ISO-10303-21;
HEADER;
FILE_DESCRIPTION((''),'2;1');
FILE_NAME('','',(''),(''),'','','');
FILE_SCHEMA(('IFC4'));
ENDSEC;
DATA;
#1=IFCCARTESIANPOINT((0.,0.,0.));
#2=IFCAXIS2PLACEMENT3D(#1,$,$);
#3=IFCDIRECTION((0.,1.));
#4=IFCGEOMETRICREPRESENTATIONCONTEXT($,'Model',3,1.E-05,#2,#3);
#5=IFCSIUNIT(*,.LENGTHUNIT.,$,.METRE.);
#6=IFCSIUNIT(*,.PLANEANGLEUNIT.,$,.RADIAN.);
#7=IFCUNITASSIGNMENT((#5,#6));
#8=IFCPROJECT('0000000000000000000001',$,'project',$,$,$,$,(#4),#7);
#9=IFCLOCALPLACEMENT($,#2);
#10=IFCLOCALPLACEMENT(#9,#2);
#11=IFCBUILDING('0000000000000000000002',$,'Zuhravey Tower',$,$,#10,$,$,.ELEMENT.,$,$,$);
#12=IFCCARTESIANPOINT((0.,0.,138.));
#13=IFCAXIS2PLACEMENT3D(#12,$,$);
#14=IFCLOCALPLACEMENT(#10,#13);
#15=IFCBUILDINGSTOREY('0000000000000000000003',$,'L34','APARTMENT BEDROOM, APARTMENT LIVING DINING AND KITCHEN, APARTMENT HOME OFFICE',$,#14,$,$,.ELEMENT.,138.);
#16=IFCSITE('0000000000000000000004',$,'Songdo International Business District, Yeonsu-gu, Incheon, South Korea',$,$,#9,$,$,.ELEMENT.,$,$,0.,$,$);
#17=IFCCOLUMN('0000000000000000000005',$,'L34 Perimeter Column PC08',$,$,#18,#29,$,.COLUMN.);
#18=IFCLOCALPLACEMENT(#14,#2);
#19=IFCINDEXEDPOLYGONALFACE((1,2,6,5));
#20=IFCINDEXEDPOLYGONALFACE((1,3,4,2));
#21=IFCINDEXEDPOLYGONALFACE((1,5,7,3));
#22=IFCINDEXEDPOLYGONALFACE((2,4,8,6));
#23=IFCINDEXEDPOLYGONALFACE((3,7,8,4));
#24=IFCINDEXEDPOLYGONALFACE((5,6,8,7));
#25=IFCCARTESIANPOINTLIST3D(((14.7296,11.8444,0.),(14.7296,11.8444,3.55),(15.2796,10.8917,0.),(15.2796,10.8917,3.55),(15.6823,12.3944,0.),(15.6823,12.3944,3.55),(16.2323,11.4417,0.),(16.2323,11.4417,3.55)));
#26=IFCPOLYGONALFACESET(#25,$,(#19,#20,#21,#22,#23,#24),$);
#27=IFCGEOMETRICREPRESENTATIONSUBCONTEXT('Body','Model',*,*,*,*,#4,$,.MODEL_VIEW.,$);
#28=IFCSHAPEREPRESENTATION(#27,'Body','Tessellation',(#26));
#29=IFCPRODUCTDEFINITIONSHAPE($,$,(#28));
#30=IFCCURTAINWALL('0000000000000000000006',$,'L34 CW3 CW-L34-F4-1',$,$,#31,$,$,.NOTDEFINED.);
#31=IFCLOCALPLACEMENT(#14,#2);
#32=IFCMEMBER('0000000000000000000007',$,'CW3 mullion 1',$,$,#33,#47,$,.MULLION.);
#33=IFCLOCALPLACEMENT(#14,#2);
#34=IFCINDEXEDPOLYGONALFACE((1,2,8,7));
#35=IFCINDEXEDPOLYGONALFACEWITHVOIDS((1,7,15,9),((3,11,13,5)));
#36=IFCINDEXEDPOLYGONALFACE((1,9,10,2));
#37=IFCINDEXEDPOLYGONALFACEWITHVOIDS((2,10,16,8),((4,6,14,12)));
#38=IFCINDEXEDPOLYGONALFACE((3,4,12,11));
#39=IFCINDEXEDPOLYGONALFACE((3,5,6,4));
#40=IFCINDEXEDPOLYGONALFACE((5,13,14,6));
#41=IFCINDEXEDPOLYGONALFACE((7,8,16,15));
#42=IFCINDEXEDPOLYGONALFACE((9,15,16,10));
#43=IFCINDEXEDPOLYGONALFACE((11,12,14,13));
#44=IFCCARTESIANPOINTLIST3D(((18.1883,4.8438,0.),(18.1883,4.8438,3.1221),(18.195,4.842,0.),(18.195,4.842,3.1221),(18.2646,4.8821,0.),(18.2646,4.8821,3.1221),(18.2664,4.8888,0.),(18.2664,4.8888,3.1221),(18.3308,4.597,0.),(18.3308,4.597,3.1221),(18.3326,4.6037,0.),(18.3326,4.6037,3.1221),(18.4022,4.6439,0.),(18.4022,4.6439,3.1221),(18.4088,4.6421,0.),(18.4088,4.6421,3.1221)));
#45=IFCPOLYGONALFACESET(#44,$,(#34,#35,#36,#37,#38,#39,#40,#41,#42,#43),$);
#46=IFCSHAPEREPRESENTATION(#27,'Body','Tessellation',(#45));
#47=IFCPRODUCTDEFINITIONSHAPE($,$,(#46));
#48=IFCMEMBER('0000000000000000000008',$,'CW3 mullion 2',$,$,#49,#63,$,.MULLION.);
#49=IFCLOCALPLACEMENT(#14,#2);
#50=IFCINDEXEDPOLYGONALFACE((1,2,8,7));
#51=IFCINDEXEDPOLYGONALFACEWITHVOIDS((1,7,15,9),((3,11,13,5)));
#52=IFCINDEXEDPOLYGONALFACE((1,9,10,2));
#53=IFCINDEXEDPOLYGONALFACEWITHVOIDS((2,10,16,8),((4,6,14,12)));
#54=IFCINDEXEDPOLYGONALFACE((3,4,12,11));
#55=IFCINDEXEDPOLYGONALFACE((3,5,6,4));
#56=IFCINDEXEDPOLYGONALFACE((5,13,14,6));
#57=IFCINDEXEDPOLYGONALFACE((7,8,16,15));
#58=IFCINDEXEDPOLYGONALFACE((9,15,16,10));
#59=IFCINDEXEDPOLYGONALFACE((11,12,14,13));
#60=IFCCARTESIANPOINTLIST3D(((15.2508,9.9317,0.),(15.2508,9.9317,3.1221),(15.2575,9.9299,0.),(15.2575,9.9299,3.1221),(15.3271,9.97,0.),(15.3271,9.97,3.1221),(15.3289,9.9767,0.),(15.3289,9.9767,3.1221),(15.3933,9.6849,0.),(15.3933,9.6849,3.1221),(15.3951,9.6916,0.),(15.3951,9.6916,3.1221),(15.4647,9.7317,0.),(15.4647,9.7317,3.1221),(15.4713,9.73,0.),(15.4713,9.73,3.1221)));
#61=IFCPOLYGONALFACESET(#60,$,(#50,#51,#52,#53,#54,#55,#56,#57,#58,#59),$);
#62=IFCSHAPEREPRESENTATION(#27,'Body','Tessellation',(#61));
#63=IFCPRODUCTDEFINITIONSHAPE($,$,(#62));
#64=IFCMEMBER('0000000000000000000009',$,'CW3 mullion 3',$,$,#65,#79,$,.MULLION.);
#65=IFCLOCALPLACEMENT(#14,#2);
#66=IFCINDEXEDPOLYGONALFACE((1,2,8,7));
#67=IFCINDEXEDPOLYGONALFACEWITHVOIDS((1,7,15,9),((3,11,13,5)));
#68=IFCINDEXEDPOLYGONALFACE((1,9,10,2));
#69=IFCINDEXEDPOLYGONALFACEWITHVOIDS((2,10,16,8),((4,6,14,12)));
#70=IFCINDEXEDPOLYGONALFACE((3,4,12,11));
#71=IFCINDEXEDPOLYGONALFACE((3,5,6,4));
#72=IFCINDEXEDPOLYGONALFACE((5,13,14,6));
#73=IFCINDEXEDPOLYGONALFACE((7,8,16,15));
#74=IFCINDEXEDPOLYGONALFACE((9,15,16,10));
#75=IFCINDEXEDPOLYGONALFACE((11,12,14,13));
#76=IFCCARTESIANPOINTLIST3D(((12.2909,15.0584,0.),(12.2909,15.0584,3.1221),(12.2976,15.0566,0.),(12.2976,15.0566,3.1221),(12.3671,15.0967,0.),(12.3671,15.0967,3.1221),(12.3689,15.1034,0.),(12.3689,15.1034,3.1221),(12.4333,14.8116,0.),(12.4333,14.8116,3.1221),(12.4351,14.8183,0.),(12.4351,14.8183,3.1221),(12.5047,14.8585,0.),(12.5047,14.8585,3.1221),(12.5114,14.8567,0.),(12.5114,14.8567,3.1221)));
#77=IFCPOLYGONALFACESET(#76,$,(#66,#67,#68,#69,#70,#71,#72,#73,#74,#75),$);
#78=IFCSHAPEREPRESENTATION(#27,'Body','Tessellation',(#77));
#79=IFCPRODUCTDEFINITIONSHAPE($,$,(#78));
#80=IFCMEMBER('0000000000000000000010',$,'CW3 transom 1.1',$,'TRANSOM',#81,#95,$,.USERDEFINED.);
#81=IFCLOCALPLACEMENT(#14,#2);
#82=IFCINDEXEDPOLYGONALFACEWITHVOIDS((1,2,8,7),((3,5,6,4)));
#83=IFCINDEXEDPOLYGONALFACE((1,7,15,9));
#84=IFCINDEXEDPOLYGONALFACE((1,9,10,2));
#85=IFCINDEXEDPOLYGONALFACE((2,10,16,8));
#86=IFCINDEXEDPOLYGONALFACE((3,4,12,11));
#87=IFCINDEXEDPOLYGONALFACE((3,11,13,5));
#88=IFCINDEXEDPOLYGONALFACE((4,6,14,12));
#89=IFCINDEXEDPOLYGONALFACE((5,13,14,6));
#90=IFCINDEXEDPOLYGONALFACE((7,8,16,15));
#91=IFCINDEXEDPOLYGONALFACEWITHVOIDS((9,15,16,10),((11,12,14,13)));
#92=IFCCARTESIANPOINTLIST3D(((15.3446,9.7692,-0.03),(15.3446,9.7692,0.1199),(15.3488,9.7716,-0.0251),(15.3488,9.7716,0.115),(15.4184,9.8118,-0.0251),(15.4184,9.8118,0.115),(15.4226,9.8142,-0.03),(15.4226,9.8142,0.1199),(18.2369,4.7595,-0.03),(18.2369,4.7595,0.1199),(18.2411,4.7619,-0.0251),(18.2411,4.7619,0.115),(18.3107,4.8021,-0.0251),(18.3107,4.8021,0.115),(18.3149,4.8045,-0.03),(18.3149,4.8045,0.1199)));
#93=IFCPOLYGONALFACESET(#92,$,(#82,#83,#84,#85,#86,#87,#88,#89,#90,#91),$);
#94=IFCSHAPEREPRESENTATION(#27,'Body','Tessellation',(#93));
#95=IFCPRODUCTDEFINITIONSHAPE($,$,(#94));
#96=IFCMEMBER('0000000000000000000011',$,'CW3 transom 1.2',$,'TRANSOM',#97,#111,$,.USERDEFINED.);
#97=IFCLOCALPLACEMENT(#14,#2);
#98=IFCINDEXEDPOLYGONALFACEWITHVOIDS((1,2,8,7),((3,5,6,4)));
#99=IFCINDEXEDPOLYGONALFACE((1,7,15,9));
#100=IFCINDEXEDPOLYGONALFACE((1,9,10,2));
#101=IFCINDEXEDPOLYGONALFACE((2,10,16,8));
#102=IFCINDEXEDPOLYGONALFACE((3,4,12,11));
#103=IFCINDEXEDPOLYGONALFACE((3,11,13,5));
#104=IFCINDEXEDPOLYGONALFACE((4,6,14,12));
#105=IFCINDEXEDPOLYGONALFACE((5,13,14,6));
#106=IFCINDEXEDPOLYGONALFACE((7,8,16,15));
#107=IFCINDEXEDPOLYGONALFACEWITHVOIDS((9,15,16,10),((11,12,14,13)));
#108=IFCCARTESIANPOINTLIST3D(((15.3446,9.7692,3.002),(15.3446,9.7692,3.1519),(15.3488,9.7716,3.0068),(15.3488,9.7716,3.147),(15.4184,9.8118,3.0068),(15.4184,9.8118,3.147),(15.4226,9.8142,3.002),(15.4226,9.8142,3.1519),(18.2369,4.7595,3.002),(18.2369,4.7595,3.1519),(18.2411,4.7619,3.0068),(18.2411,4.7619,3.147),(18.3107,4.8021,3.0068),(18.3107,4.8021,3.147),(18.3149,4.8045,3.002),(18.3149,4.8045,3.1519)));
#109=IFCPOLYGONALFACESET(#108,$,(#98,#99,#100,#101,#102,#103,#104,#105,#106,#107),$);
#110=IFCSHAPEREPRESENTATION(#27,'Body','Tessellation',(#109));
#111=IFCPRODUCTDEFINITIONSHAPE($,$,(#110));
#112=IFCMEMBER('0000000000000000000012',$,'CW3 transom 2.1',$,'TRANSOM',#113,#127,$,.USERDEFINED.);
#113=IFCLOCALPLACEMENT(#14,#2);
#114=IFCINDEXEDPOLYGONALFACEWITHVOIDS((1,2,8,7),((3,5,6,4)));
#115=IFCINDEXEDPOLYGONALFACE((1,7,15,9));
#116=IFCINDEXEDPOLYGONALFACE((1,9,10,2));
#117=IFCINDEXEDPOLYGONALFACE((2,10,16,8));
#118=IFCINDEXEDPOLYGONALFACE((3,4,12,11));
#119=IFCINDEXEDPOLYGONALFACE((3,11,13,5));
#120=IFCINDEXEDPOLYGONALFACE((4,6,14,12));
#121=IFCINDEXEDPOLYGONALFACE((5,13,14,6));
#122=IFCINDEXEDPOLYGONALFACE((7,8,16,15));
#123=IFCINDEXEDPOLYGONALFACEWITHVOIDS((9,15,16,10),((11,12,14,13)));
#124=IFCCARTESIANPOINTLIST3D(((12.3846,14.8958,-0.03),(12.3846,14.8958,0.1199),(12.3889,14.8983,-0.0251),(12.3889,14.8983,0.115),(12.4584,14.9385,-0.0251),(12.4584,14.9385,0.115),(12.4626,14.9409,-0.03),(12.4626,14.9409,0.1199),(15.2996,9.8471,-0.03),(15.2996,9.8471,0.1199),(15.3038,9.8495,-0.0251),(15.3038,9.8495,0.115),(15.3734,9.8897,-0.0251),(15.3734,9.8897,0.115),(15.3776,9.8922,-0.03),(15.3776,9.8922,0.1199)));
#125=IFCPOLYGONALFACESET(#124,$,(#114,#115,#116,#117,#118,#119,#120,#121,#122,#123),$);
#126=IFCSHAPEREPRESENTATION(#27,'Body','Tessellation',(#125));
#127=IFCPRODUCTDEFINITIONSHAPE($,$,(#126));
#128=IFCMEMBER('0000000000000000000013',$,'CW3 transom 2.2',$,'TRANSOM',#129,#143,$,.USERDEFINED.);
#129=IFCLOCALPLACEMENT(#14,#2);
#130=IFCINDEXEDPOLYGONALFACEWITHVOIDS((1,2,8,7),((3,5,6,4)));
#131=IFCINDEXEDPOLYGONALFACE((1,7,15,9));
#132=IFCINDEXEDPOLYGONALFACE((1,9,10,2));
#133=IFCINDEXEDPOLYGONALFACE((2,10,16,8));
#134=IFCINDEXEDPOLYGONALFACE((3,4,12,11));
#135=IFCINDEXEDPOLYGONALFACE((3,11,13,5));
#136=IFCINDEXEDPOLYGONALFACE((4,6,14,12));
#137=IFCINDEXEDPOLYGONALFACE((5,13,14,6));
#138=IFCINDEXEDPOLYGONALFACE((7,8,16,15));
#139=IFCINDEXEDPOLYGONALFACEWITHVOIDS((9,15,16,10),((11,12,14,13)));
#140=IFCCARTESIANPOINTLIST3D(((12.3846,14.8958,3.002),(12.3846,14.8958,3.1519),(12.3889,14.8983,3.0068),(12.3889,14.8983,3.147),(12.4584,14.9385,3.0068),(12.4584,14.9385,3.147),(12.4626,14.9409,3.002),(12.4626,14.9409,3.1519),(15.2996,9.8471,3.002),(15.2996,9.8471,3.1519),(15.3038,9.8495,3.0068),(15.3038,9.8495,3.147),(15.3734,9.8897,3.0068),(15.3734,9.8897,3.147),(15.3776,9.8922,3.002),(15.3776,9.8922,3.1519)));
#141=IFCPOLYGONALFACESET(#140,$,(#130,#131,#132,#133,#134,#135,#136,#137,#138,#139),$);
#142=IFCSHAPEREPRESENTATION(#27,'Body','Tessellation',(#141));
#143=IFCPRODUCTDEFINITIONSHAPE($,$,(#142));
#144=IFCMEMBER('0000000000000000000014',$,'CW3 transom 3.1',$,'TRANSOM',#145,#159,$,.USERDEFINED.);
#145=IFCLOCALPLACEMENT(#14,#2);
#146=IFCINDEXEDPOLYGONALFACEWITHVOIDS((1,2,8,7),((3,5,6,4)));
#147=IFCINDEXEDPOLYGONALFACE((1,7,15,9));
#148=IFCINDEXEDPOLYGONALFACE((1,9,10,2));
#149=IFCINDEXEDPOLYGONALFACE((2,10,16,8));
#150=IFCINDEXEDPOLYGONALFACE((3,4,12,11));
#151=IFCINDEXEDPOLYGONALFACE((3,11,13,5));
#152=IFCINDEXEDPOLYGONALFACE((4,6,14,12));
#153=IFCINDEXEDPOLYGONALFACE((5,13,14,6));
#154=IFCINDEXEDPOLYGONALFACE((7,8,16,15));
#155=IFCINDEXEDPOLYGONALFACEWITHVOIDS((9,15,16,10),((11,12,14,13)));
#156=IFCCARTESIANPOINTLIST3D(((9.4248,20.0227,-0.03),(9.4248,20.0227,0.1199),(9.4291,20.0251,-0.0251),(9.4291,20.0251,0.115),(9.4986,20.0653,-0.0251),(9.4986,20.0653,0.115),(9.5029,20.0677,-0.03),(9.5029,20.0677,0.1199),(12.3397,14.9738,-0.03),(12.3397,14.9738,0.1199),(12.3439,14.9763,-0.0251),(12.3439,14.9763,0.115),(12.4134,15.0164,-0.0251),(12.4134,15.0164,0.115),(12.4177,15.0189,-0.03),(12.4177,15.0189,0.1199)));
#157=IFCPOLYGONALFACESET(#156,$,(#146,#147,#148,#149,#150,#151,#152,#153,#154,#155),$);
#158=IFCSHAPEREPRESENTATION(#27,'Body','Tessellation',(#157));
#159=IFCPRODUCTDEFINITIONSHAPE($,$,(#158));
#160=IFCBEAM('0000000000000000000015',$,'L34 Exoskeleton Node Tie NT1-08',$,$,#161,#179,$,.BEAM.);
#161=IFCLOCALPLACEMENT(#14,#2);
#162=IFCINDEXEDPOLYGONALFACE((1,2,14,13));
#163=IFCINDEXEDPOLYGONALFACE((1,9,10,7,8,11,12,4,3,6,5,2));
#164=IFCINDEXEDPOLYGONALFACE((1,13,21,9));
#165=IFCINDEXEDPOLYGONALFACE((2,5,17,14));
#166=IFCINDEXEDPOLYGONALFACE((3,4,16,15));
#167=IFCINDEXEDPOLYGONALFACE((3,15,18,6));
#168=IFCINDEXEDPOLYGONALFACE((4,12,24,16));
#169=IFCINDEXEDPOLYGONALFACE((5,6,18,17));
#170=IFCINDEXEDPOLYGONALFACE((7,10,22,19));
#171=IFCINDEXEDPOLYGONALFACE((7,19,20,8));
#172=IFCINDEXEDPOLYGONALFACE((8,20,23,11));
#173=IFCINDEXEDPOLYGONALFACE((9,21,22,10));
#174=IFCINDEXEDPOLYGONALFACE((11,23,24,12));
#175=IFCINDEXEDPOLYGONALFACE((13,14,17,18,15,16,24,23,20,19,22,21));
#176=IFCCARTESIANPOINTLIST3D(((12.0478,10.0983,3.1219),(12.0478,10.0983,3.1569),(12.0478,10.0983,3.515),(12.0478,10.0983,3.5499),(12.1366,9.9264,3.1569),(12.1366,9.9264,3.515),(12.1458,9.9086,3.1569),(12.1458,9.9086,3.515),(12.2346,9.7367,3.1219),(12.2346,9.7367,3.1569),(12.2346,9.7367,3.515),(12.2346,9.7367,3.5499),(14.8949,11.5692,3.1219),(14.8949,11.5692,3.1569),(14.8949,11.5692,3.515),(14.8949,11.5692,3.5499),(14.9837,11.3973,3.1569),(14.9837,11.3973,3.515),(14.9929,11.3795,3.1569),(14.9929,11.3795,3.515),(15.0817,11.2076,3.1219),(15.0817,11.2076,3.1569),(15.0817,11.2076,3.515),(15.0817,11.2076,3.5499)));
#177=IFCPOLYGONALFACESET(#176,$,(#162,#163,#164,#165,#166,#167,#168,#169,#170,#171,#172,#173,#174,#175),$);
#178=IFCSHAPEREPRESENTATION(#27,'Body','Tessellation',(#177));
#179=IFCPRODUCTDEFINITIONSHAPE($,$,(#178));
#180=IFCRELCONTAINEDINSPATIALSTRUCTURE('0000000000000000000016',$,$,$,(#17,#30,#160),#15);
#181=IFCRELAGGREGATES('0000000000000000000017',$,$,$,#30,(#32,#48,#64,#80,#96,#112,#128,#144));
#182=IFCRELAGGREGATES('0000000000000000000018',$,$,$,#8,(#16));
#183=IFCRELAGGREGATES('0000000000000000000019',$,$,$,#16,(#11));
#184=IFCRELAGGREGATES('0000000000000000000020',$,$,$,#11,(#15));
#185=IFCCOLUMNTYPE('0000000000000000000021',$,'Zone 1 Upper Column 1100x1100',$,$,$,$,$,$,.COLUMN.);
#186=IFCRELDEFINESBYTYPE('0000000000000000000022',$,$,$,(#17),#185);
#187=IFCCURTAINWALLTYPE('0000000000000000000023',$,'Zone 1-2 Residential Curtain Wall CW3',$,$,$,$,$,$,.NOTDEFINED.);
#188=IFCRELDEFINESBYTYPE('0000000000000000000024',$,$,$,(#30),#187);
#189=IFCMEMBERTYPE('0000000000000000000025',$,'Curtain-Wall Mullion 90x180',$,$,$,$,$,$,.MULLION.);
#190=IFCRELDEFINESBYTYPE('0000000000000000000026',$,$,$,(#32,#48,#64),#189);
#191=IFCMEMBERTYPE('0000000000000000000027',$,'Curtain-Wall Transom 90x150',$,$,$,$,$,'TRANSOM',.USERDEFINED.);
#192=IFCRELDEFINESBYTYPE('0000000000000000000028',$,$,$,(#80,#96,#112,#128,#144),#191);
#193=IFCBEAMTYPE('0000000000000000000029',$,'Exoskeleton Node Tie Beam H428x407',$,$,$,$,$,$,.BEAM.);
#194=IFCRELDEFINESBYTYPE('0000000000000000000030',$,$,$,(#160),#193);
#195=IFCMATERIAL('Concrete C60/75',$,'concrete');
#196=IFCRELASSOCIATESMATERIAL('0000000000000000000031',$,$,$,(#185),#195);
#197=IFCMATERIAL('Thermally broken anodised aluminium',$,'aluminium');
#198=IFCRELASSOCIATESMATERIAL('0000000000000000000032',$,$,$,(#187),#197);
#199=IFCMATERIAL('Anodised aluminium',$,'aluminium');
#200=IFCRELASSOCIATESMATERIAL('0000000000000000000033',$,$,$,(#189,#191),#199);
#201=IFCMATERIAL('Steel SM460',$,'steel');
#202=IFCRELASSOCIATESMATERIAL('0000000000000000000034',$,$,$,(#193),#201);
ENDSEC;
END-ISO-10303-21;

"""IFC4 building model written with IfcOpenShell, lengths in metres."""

from ifc_helpers import new_model, si_unit, direction, frame, origin, origin_2d, place, context, subcontext, project, spatial, rectangle, hollow_rectangle, i_section, extrude, material, material_profile, profile_set, type_object, element, aggregate, save


model = new_model("IFC4")

# Units and contexts
model_context = context("Model", 3, precision=1e-05, world=origin(), true_north=direction((0.0, 1.0)))
body_context = subcontext(model_context, "Body", "Model", "MODEL_VIEW")
ifc_project = project(units=[si_unit("LENGTHUNIT", "METRE"), si_unit("PLANEANGLEUNIT", "RADIAN")], contexts=[model_context])

# Site, building, storey
site_placement = place(None, origin())
site = spatial("IfcSite", under=ifc_project, at=site_placement, Name="Songdo International Business District, Yeonsu-gu, Incheon, South Korea", CompositionType="ELEMENT", RefElevation=0.0)
building_placement = place(site_placement, origin())
building = spatial("IfcBuilding", under=site, at=building_placement, Name="Zuhravey Tower", CompositionType="ELEMENT")
storey_placement = place(building_placement, frame((0.0, 0.0, 138.0)))
storey = spatial("IfcBuildingStorey", under=building, at=storey_placement, Name="L34", Description="APARTMENT BEDROOM, APARTMENT LIVING DINING AND KITCHEN, APARTMENT HOME OFFICE", CompositionType="ELEMENT", Elevation=138.0)

# Column
ifc_material_1 = material(Name="Concrete C60/75", Category="concrete")
ifc_material_profile_1 = material_profile(ifc_material_1, rectangle(XDim=1.1001, YDim=1.1001, at=origin_2d()), Name="RC-1100x1100")
ifc_profile_set_1 = profile_set([ifc_material_profile_1], Name="Concrete C60/75")
column_type = type_object("IfcColumnType", Name="Zone 1 Upper Column 1100x1100", PredefinedType="COLUMN", material=ifc_profile_set_1)
column_placement = place(storey_placement, frame((15.481, 11.6431, 0.0), z_axis=(0.0, 0.0, 1.0), x_axis=(0.5, -0.866025, 0.0)))
element("IfcColumn", 1, at=column_placement, inside=storey, type_object=column_type, Name="L34 Perimeter Column PC08", PredefinedType="COLUMN", context=body_context, shape_type="SweptSolid", body=[
    extrude(rectangle(XDim=1.1001, YDim=1.1001, at=origin_2d()), origin(), (0.0, 0.0, 1.0), 3.55),
])

# Curtain wall, members
ifc_material_2 = material(Name="Thermally broken anodised aluminium", Category="aluminium")
curtain_wall_type = type_object("IfcCurtainWallType", Name="Zone 1-2 Residential Curtain Wall CW3", PredefinedType="NOTDEFINED", material=ifc_material_2)
curtain_wall_placement = place(storey_placement, origin())
curtain_wall = element("IfcCurtainWall", 2, at=curtain_wall_placement, inside=storey, type_object=curtain_wall_type, Name="L34 CW3 CW-L34-F4-1", PredefinedType="NOTDEFINED")
ifc_material_3 = material(Name="Anodised aluminium", Category="aluminium")
ifc_material_profile_2 = material_profile(ifc_material_3, hollow_rectangle(XDim=0.0901, YDim=0.2849, WallThickness=0.0049, at=origin_2d()), Name="ALU-RHS-90x285x5")
ifc_profile_set_2 = profile_set([ifc_material_profile_2], Name="Anodised aluminium")
member_type_1 = type_object("IfcMemberType", Name="Curtain-Wall Mullion 90x180", PredefinedType="MULLION", material=ifc_profile_set_2)
member_1_placement = place(storey_placement, frame((18.2986, 4.7429, 0.0), z_axis=(0.0, 0.0, 1.0), x_axis=(-0.866026, -0.5, 0.0)))
member_1 = element("IfcMember", 3, at=member_1_placement, type_object=member_type_1, Name="CW3 mullion 1", PredefinedType="MULLION", context=body_context, shape_type="SweptSolid", body=[
    extrude(hollow_rectangle(XDim=0.0901, YDim=0.2849, WallThickness=0.0049, at=origin_2d()), origin(), (0.0, 0.0, 1.0), 3.1221),
])
member_2_placement = place(storey_placement, frame((15.3611, 9.8308, 0.0), z_axis=(0.0, 0.0, 1.0), x_axis=(-0.866026, -0.5, 0.0)))
member_2 = element("IfcMember", 4, at=member_2_placement, type_object=member_type_1, Name="CW3 mullion 2", PredefinedType="MULLION", context=body_context, shape_type="SweptSolid", body=[
    extrude(hollow_rectangle(XDim=0.0901, YDim=0.2849, WallThickness=0.0049, at=origin_2d()), origin(), (0.0, 0.0, 1.0), 3.1221),
])
member_3_placement = place(storey_placement, frame((12.4011, 14.9575, 0.0), z_axis=(0.0, 0.0, 1.0), x_axis=(-0.866026, -0.5, 0.0)))
member_3 = element("IfcMember", 5, at=member_3_placement, type_object=member_type_1, Name="CW3 mullion 3", PredefinedType="MULLION", context=body_context, shape_type="SweptSolid", body=[
    extrude(hollow_rectangle(XDim=0.0901, YDim=0.2849, WallThickness=0.0049, at=origin_2d()), origin(), (0.0, 0.0, 1.0), 3.1221),
])
ifc_material_profile_3 = material_profile(ifc_material_3, hollow_rectangle(XDim=0.0901, YDim=0.1499, WallThickness=0.0049, at=origin_2d()), Name="ALU-RHS-90x150x5")
ifc_profile_set_3 = profile_set([ifc_material_profile_3], Name="Anodised aluminium")
member_type_2 = type_object("IfcMemberType", Name="Curtain-Wall Transom 90x150", ElementType="TRANSOM", PredefinedType="USERDEFINED", material=ifc_profile_set_3)
member_4_placement = place(storey_placement, frame((18.2759, 4.782, 0.0449), z_axis=(-0.499993, 0.86603, 0.0), x_axis=(-0.86603, -0.499993, 0.0)))
member_4 = element("IfcMember", 6, at=member_4_placement, type_object=member_type_2, Name="CW3 transom 1.1", ObjectType="TRANSOM", PredefinedType="USERDEFINED", context=body_context, shape_type="SweptSolid", body=[
    extrude(hollow_rectangle(XDim=0.0901, YDim=0.1499, WallThickness=0.0049, at=origin_2d()), origin(), (0.0, 0.0, 1.0), 5.7847),
])
member_5_placement = place(storey_placement, frame((18.2759, 4.782, 3.0769), z_axis=(-0.499993, 0.86603, 0.0), x_axis=(-0.86603, -0.499993, 0.0)))
member_5 = element("IfcMember", 7, at=member_5_placement, type_object=member_type_2, Name="CW3 transom 1.2", ObjectType="TRANSOM", PredefinedType="USERDEFINED", context=body_context, shape_type="SweptSolid", body=[
    extrude(hollow_rectangle(XDim=0.0901, YDim=0.1499, WallThickness=0.0049, at=origin_2d()), origin(), (0.0, 0.0, 1.0), 5.7847),
])
member_6_placement = place(storey_placement, frame((15.3386, 9.8696, 0.0449), z_axis=(-0.500012, 0.866018, 0.0), x_axis=(-0.866018, -0.500012, 0.0)))
member_6 = element("IfcMember", 8, at=member_6_placement, type_object=member_type_2, Name="CW3 transom 2.1", ObjectType="TRANSOM", PredefinedType="USERDEFINED", context=body_context, shape_type="SweptSolid", body=[
    extrude(hollow_rectangle(XDim=0.0901, YDim=0.1499, WallThickness=0.0049, at=origin_2d()), origin(), (0.0, 0.0, 1.0), 5.8298),
])
member_7_placement = place(storey_placement, frame((15.3386, 9.8696, 3.0769), z_axis=(-0.500012, 0.866018, 0.0), x_axis=(-0.866018, -0.500012, 0.0)))
member_7 = element("IfcMember", 9, at=member_7_placement, type_object=member_type_2, Name="CW3 transom 2.2", ObjectType="TRANSOM", PredefinedType="USERDEFINED", context=body_context, shape_type="SweptSolid", body=[
    extrude(hollow_rectangle(XDim=0.0901, YDim=0.1499, WallThickness=0.0049, at=origin_2d()), origin(), (0.0, 0.0, 1.0), 5.8298),
])
member_8_placement = place(storey_placement, frame((12.3787, 14.9963, 0.0449), z_axis=(-0.499981, 0.866036, 0.0), x_axis=(-0.866036, -0.499981, 0.0)))
member_8 = element("IfcMember", 10, at=member_8_placement, type_object=member_type_2, Name="CW3 transom 3.1", ObjectType="TRANSOM", PredefinedType="USERDEFINED", context=body_context, shape_type="SweptSolid", body=[
    extrude(hollow_rectangle(XDim=0.0901, YDim=0.1499, WallThickness=0.0049, at=origin_2d()), origin(), (0.0, 0.0, 1.0), 5.8298),
])

# Beam
ifc_material_4 = material(Name="Steel SM460", Category="steel")
ifc_material_profile_4 = material_profile(ifc_material_4, i_section(OverallWidth=0.407, OverallDepth=0.428, WebThickness=0.02, FlangeThickness=0.0349, at=origin_2d()), Name="H-428x407x20x35")
ifc_profile_set_4 = profile_set([ifc_material_profile_4], Name="Steel SM460")
beam_type_1 = type_object("IfcBeamType", Name="Exoskeleton Node Tie Beam H428x407", PredefinedType="BEAM", material=ifc_profile_set_4)
beam_1_placement = place(storey_placement, frame((14.9883, 11.3884, 3.3359), z_axis=(-0.888437, -0.458998, 0.0), x_axis=(0.458998, -0.888437, 0.0)))
element("IfcBeam", 11, at=beam_1_placement, inside=storey, type_object=beam_type_1, Name="L34 Exoskeleton Node Tie NT1-08", PredefinedType="BEAM", context=body_context, shape_type="SweptSolid", body=[
    extrude(i_section(OverallWidth=0.407, OverallDepth=0.428, WebThickness=0.02, FlangeThickness=0.0349, at=origin_2d()), origin(), (0.0, 0.0, 1.0), 3.2046),
])

aggregate(curtain_wall, [member_1, member_2, member_3, member_4, member_5, member_6, member_7, member_8])

save(model, "model.ifc")
